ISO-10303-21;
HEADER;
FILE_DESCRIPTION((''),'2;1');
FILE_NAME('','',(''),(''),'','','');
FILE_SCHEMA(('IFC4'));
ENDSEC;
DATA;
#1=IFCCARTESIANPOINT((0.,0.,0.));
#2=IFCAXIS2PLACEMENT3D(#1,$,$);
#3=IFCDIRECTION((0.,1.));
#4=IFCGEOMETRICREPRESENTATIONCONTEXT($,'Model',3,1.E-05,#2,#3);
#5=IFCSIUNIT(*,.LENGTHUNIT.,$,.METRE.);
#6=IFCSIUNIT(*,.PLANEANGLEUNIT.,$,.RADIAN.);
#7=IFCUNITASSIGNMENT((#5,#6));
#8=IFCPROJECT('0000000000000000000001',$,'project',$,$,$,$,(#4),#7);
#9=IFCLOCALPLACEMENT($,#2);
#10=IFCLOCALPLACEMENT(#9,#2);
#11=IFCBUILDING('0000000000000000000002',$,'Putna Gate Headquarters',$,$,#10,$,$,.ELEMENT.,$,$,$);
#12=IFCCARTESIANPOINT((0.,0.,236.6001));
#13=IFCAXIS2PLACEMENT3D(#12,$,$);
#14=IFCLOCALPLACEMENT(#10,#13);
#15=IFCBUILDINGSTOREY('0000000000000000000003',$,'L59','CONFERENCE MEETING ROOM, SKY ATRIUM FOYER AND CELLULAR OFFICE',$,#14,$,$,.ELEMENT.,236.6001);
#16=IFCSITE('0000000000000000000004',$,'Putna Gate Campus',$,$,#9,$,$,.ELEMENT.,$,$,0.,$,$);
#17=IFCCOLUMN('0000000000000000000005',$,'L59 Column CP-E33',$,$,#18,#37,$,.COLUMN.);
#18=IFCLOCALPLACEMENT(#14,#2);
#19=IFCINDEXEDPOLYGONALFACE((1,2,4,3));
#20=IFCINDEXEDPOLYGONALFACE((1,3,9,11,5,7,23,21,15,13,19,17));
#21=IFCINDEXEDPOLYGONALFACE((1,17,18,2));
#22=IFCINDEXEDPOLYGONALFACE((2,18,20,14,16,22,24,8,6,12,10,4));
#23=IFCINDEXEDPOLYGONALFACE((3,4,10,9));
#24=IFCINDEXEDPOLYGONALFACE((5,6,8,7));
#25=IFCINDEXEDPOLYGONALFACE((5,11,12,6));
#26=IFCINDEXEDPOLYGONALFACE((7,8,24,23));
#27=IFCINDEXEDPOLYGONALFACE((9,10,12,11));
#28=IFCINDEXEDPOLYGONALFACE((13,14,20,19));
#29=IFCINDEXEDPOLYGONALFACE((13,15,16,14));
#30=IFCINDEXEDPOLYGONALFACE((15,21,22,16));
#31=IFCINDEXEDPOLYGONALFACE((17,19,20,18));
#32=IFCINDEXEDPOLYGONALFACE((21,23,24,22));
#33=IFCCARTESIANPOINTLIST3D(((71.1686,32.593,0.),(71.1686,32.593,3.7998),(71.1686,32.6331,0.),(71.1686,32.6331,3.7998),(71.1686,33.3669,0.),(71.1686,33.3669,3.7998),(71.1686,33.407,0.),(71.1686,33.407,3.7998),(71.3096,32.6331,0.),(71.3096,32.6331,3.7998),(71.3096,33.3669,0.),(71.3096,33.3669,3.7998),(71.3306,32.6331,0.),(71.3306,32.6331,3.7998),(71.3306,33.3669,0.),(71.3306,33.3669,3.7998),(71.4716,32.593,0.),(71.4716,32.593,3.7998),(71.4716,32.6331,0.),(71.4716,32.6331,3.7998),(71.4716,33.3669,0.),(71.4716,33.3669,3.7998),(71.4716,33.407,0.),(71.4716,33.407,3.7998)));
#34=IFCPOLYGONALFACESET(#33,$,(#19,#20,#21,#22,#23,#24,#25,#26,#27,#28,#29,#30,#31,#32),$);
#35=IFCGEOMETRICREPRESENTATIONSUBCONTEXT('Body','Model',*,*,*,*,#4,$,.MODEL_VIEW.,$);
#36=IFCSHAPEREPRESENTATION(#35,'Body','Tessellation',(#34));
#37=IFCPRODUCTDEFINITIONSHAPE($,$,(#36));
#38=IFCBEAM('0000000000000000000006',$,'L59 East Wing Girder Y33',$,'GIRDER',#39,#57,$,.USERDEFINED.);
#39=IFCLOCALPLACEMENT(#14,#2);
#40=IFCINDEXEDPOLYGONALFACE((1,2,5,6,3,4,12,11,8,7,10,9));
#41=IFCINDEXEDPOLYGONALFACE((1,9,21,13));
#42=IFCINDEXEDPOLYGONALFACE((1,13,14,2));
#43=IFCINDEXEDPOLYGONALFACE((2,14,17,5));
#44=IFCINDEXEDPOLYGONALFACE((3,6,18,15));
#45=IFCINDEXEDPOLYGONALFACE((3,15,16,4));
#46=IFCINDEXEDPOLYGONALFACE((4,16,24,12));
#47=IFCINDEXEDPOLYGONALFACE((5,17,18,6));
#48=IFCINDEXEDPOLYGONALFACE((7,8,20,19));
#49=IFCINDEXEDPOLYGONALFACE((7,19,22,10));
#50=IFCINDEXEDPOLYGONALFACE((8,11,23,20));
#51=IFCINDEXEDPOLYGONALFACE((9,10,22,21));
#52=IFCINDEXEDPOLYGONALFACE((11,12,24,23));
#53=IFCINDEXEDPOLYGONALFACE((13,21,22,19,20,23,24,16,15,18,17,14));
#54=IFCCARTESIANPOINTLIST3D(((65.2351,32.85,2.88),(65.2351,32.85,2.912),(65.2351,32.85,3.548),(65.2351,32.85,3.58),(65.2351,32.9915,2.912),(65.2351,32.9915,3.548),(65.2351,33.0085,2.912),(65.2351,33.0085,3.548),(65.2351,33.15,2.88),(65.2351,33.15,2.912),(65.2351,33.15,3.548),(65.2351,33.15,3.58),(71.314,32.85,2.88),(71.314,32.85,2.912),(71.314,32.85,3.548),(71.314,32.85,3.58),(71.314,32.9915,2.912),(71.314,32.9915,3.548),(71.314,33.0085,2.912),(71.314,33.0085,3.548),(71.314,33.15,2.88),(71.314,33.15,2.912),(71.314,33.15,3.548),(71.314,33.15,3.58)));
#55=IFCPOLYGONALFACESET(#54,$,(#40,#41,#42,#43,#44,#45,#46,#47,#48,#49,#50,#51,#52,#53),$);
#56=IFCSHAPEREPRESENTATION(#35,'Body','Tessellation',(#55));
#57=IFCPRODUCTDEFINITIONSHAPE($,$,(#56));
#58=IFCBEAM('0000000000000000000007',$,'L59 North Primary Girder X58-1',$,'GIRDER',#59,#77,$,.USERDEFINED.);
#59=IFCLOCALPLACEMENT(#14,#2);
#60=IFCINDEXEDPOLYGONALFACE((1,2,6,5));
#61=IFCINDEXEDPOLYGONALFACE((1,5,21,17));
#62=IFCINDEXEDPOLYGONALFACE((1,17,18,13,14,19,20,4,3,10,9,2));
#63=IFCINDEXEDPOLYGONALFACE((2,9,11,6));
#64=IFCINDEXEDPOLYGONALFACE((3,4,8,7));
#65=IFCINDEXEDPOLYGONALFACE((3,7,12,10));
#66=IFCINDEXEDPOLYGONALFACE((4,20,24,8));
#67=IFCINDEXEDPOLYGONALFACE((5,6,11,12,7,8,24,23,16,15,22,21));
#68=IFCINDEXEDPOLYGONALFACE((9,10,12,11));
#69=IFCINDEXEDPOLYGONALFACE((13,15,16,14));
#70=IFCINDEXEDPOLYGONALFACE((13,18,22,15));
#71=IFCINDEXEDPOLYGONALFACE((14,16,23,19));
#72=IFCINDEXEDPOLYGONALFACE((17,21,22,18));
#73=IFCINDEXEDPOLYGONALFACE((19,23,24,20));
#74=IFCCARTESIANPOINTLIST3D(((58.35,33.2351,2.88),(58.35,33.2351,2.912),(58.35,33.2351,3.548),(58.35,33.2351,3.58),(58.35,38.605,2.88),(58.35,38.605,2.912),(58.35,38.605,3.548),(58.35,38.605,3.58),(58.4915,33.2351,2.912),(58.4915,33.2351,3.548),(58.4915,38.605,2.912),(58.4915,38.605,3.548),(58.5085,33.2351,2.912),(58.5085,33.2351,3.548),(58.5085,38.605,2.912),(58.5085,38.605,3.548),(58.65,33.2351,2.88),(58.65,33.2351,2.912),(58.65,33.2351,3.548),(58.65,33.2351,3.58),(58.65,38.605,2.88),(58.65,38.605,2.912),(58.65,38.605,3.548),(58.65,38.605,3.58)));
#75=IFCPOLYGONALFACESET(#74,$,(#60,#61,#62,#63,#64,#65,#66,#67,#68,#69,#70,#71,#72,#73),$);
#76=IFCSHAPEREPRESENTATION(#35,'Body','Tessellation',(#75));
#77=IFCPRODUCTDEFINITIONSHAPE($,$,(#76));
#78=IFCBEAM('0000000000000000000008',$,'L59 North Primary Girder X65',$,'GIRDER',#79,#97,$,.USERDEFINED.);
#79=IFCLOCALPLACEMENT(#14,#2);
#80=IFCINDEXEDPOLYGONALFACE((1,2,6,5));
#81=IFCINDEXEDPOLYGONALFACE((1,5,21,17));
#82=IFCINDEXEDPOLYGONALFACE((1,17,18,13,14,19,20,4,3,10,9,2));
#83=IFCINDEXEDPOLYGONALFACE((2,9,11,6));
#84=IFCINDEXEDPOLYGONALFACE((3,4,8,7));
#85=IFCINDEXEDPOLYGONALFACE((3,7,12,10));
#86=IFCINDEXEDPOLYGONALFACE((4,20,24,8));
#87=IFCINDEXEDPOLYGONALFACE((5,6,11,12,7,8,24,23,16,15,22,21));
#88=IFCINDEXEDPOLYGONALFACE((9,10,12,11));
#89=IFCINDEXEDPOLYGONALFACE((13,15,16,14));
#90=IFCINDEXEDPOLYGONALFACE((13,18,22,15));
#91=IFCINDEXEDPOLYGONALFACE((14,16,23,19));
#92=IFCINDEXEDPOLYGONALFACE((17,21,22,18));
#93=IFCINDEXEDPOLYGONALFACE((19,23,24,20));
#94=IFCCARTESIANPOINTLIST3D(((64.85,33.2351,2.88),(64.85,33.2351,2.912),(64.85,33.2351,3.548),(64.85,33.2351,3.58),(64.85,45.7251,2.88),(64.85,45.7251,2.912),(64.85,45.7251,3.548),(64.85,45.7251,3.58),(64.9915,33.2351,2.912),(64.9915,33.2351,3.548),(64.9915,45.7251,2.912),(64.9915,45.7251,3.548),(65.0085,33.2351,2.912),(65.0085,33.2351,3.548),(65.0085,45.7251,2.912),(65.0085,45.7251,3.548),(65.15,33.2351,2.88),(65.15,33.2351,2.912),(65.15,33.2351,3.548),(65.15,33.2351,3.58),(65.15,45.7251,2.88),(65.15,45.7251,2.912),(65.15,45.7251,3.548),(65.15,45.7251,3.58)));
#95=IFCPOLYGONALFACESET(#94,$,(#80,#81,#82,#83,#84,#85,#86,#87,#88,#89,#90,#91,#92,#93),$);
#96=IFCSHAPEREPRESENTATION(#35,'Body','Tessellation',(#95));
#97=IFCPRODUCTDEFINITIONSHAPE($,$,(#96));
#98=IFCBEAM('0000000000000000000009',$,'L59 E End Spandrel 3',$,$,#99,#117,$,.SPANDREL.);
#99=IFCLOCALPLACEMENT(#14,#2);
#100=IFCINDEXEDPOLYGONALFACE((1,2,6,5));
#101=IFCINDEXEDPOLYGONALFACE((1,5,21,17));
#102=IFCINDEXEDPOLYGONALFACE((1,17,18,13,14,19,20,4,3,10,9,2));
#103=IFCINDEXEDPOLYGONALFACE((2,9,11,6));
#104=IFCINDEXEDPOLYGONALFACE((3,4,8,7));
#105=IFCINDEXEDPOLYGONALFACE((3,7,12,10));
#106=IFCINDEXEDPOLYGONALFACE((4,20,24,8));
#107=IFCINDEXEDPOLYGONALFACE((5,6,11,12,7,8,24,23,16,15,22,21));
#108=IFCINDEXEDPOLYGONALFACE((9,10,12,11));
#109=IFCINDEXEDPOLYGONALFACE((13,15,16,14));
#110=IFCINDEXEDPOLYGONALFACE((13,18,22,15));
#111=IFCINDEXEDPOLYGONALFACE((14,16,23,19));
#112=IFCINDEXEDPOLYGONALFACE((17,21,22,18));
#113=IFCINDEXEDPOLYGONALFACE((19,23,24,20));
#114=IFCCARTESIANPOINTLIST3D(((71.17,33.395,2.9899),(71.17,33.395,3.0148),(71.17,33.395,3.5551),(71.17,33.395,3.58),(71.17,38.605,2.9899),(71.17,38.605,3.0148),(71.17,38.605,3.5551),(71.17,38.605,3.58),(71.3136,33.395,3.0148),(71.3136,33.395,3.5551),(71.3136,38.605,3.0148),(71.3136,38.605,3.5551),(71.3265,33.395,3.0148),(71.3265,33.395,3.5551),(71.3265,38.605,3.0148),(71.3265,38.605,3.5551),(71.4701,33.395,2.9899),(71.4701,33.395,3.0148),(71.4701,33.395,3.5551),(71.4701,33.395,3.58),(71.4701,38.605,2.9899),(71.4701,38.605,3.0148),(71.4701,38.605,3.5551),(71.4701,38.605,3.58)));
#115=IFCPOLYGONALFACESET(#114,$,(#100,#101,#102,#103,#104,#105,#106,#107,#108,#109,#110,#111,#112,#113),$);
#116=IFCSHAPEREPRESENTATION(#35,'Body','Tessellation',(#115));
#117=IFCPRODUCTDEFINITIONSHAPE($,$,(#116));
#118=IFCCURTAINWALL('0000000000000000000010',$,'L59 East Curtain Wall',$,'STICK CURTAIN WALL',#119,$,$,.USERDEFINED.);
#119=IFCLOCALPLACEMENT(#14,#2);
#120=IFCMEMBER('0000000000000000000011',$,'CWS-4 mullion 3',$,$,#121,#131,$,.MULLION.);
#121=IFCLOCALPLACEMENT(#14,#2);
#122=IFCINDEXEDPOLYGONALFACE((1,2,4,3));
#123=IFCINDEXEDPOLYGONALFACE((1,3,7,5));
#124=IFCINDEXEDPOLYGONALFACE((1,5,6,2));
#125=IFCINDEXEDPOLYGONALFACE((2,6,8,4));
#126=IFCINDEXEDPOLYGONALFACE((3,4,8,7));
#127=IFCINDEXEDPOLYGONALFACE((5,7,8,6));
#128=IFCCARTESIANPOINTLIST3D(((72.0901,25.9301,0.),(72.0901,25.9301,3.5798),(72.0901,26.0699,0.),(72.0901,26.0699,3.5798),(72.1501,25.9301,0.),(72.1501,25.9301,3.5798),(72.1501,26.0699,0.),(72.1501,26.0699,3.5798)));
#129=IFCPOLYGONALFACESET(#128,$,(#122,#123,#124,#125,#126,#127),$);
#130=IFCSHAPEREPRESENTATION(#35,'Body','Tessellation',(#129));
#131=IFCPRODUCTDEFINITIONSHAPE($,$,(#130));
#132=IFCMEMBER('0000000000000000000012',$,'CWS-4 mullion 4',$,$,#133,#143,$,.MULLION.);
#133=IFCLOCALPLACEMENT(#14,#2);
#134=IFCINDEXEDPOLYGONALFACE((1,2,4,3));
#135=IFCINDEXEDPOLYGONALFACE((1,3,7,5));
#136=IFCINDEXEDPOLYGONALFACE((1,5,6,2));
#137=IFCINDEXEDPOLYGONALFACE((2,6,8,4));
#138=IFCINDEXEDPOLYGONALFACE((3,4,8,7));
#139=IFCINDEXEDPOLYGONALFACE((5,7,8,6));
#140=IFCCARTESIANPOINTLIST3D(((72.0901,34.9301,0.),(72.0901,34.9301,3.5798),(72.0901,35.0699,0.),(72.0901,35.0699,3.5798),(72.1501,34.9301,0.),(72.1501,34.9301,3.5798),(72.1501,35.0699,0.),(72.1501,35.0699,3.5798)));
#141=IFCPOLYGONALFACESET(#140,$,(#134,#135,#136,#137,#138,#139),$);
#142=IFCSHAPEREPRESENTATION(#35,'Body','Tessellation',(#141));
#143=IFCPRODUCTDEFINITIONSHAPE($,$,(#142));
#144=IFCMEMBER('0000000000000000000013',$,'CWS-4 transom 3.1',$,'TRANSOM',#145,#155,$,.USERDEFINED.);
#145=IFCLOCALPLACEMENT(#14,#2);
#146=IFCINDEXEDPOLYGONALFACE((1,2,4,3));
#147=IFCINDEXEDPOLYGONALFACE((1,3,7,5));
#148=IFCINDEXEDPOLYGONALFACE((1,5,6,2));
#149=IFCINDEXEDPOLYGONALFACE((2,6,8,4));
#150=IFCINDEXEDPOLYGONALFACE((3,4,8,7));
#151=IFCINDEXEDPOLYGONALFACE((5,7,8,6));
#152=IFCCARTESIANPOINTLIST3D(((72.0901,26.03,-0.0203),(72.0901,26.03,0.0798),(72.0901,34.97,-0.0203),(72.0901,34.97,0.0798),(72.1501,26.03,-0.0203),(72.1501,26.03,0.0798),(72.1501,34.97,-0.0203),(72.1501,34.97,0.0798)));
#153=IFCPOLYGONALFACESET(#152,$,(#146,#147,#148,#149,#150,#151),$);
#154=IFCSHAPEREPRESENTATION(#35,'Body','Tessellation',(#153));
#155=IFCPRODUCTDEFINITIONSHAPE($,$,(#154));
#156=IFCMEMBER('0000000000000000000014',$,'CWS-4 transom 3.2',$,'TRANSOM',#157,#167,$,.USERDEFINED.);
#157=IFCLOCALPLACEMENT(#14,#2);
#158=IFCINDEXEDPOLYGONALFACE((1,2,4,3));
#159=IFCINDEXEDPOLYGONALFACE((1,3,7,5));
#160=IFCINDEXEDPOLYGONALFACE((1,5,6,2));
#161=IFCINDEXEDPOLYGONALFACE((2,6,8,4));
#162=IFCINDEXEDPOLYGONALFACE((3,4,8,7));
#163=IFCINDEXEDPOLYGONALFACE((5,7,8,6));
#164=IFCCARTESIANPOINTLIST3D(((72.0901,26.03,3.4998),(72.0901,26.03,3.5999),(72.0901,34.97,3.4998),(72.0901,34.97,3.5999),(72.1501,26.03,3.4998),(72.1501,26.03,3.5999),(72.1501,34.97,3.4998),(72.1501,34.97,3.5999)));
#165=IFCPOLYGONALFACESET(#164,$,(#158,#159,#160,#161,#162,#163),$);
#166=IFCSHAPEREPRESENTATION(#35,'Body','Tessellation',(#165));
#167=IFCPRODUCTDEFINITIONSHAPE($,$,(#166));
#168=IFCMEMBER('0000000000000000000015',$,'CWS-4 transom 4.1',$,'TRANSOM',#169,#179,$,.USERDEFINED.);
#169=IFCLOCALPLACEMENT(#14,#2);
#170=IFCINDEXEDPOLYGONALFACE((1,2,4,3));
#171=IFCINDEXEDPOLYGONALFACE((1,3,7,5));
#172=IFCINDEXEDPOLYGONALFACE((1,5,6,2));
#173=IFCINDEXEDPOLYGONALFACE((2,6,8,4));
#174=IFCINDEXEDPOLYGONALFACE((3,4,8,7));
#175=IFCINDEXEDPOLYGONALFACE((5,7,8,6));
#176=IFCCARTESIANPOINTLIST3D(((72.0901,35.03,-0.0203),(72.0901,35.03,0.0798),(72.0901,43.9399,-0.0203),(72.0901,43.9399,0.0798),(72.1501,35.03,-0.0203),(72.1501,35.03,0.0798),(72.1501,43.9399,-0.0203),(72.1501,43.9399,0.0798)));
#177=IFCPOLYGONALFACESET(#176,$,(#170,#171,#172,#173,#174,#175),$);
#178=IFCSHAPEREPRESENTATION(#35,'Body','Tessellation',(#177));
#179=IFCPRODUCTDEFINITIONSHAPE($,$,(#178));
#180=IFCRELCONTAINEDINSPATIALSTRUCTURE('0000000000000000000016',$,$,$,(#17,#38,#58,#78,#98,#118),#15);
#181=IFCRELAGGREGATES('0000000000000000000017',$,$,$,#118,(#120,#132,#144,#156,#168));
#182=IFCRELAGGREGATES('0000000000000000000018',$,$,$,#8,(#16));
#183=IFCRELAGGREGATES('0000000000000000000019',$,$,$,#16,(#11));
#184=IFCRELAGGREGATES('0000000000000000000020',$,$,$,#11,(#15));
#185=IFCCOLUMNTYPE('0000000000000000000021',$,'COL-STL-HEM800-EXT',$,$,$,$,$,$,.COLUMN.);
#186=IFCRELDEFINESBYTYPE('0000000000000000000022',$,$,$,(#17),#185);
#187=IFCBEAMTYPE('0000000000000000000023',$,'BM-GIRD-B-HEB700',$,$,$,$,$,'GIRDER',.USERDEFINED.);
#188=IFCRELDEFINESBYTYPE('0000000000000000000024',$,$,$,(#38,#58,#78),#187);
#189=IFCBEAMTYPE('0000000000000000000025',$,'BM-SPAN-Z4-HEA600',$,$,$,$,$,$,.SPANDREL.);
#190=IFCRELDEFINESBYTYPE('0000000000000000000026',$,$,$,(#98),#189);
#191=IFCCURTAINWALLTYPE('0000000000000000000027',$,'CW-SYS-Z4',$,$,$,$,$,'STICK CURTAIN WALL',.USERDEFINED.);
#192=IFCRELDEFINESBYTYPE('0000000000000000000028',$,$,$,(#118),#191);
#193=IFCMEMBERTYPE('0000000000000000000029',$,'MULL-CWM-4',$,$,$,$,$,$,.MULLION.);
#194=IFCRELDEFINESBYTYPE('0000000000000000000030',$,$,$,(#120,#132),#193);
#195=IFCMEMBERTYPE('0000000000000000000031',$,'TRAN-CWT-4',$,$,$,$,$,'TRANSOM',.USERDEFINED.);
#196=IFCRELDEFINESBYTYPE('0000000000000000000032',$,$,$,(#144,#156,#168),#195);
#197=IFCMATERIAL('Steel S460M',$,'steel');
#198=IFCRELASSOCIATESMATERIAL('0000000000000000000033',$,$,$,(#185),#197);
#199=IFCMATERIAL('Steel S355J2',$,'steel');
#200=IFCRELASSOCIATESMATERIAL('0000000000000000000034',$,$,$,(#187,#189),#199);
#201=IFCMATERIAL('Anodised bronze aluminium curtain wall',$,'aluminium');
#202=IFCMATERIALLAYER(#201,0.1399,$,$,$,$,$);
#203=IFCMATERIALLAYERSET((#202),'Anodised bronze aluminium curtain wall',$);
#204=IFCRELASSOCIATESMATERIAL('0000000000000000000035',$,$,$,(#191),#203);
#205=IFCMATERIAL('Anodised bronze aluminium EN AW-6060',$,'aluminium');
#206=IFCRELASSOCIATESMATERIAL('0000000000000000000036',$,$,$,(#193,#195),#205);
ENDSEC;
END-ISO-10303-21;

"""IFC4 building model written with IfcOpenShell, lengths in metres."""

from ifc_helpers import new_model, si_unit, direction, frame, origin, origin_2d, place, context, subcontext, project, spatial, rectangle, i_section, extrude, material, layer, layer_set, material_profile, profile_set, type_object, element, aggregate, save


model = new_model("IFC4")

# Units and contexts
model_context = context("Model", 3, precision=1e-05, world=origin(), true_north=direction((0.0, 1.0)))
body_context = subcontext(model_context, "Body", "Model", "MODEL_VIEW")
ifc_project = project(units=[si_unit("LENGTHUNIT", "METRE"), si_unit("PLANEANGLEUNIT", "RADIAN")], contexts=[model_context])

# Site, building, storey
site_placement = place(None, origin())
site = spatial("IfcSite", under=ifc_project, at=site_placement, Name="Putna Gate Campus", CompositionType="ELEMENT", RefElevation=0.0)
building_placement = place(site_placement, origin())
building = spatial("IfcBuilding", under=site, at=building_placement, Name="Putna Gate Headquarters", CompositionType="ELEMENT")
storey_placement = place(building_placement, frame((0.0, 0.0, 236.6001)))
storey = spatial("IfcBuildingStorey", under=building, at=storey_placement, Name="L59", Description="CONFERENCE MEETING ROOM, SKY ATRIUM FOYER AND CELLULAR OFFICE", CompositionType="ELEMENT", Elevation=236.6001)

# Column
ifc_material_1 = material(Name="Steel S460M", Category="steel")
ifc_material_profile_1 = material_profile(ifc_material_1, i_section(OverallWidth=0.303, OverallDepth=0.814, WebThickness=0.021, FlangeThickness=0.04, at=origin_2d()), Name="Steel S460M")
ifc_profile_set_1 = profile_set([ifc_material_profile_1], Name="Steel S460M")
column_type = type_object("IfcColumnType", Name="COL-STL-HEM800-EXT", PredefinedType="COLUMN", material=ifc_profile_set_1)
column_placement = place(storey_placement, frame((71.3201, 33.0, 0.0), z_axis=(0.0, 0.0, 1.0), x_axis=(1.0, 0.0, 0.0)))
element("IfcColumn", 1, at=column_placement, inside=storey, type_object=column_type, Name="L59 Column CP-E33", PredefinedType="COLUMN", context=body_context, shape_type="SweptSolid", body=[
    extrude(i_section(OverallWidth=0.303, OverallDepth=0.814, WebThickness=0.021, FlangeThickness=0.04, at=origin_2d()), origin(), (0.0, 0.0, 1.0), 3.7998),
])

# Beams
ifc_material_2 = material(Name="Steel S355J2", Category="steel")
ifc_material_profile_2 = material_profile(ifc_material_2, i_section(OverallWidth=0.3, OverallDepth=0.7, WebThickness=0.0171, FlangeThickness=0.032, at=origin_2d()), Name="Steel S355J2")
ifc_profile_set_2 = profile_set([ifc_material_profile_2], Name="Steel S355J2")
beam_type_1 = type_object("IfcBeamType", Name="BM-GIRD-B-HEB700", ElementType="GIRDER", PredefinedType="USERDEFINED", material=ifc_profile_set_2)
beam_1_placement = place(storey_placement, frame((65.2351, 33.0, 3.23), z_axis=(1.0, 0.0, 0.0), x_axis=(0.0, 1.0, 0.0)))
element("IfcBeam", 2, at=beam_1_placement, inside=storey, type_object=beam_type_1, Name="L59 East Wing Girder Y33", ObjectType="GIRDER", PredefinedType="USERDEFINED", context=body_context, shape_type="SweptSolid", body=[
    extrude(i_section(OverallWidth=0.3, OverallDepth=0.7, WebThickness=0.0171, FlangeThickness=0.032, at=origin_2d()), origin(), (0.0, 0.0, 1.0), 6.0789),
])
beam_2_placement = place(storey_placement, frame((58.5, 33.2351, 3.23), z_axis=(0.0, 1.0, 0.0), x_axis=(-1.0, 0.0, 0.0)))
element("IfcBeam", 3, at=beam_2_placement, inside=storey, type_object=beam_type_1, Name="L59 North Primary Girder X58-1", ObjectType="GIRDER", PredefinedType="USERDEFINED", context=body_context, shape_type="SweptSolid", body=[
    extrude(i_section(OverallWidth=0.3, OverallDepth=0.7, WebThickness=0.0171, FlangeThickness=0.032, at=origin_2d()), origin(), (0.0, 0.0, 1.0), 5.3699),
])
beam_3_placement = place(storey_placement, frame((65.0, 33.2351, 3.23), z_axis=(0.0, 1.0, 0.0), x_axis=(-1.0, 0.0, 0.0)))
element("IfcBeam", 4, at=beam_3_placement, inside=storey, type_object=beam_type_1, Name="L59 North Primary Girder X65", ObjectType="GIRDER", PredefinedType="USERDEFINED", context=body_context, shape_type="SweptSolid", body=[
    extrude(i_section(OverallWidth=0.3, OverallDepth=0.7, WebThickness=0.0171, FlangeThickness=0.032, at=origin_2d()), origin(), (0.0, 0.0, 1.0), 12.49),
])
ifc_material_profile_3 = material_profile(ifc_material_2, i_section(OverallWidth=0.3, OverallDepth=0.5901, WebThickness=0.0129, FlangeThickness=0.0249, at=origin_2d()), Name="Steel S355J2")
ifc_profile_set_3 = profile_set([ifc_material_profile_3], Name="Steel S355J2")
beam_type_2 = type_object("IfcBeamType", Name="BM-SPAN-Z4-HEA600", PredefinedType="SPANDREL", material=ifc_profile_set_3)
beam_4_placement = place(storey_placement, frame((71.3201, 33.395, 3.2849), z_axis=(0.0, 1.0, 0.0), x_axis=(-1.0, 0.0, 0.0)))
element("IfcBeam", 5, at=beam_4_placement, inside=storey, type_object=beam_type_2, Name="L59 E End Spandrel 3", PredefinedType="SPANDREL", context=body_context, shape_type="SweptSolid", body=[
    extrude(i_section(OverallWidth=0.3, OverallDepth=0.5901, WebThickness=0.0129, FlangeThickness=0.0249, at=origin_2d()), origin(), (0.0, 0.0, 1.0), 5.21),
])

# Curtain wall, members
ifc_material_3 = material(Name="Anodised bronze aluminium curtain wall", Category="aluminium")
ifc_layer_1 = layer(ifc_material_3, 0.1399)
ifc_layer_set_1 = layer_set([ifc_layer_1], Name="Anodised bronze aluminium curtain wall")
curtain_wall_type = type_object("IfcCurtainWallType", Name="CW-SYS-Z4", ElementType="STICK CURTAIN WALL", PredefinedType="USERDEFINED", material=ifc_layer_set_1)
curtain_wall_placement = place(storey_placement, origin())
curtain_wall = element("IfcCurtainWall", 6, at=curtain_wall_placement, inside=storey, type_object=curtain_wall_type, Name="L59 East Curtain Wall", ObjectType="STICK CURTAIN WALL", PredefinedType="USERDEFINED")
ifc_material_4 = material(Name="Anodised bronze aluminium EN AW-6060", Category="aluminium")
ifc_material_profile_4 = material_profile(ifc_material_4, rectangle(XDim=0.0601, YDim=0.1399, at=origin_2d()), Name="Anodised bronze aluminium EN AW-6060")
ifc_profile_set_4 = profile_set([ifc_material_profile_4], Name="Anodised bronze aluminium EN AW-6060")
member_type_1 = type_object("IfcMemberType", Name="MULL-CWM-4", PredefinedType="MULLION", material=ifc_profile_set_4)
member_1_placement = place(storey_placement, frame((72.1201, 26.0, 0.0), z_axis=(0.0, 0.0, 1.0), x_axis=(-1.0, 0.0, 0.0)))
member_1 = element("IfcMember", 7, at=member_1_placement, type_object=member_type_1, Name="CWS-4 mullion 3", PredefinedType="MULLION", context=body_context, shape_type="SweptSolid", body=[
    extrude(rectangle(XDim=0.0601, YDim=0.1399, at=origin_2d()), origin(), (0.0, 0.0, 1.0), 3.5798),
])
member_2_placement = place(storey_placement, frame((72.1201, 35.0, 0.0), z_axis=(0.0, 0.0, 1.0), x_axis=(-1.0, 0.0, 0.0)))
member_2 = element("IfcMember", 8, at=member_2_placement, type_object=member_type_1, Name="CWS-4 mullion 4", PredefinedType="MULLION", context=body_context, shape_type="SweptSolid", body=[
    extrude(rectangle(XDim=0.0601, YDim=0.1399, at=origin_2d()), origin(), (0.0, 0.0, 1.0), 3.5798),
])
ifc_material_profile_5 = material_profile(ifc_material_4, rectangle(XDim=0.0601, YDim=0.1001, at=origin_2d()), Name="Anodised bronze aluminium EN AW-6060")
ifc_profile_set_5 = profile_set([ifc_material_profile_5], Name="Anodised bronze aluminium EN AW-6060")
member_type_2 = type_object("IfcMemberType", Name="TRAN-CWT-4", ElementType="TRANSOM", PredefinedType="USERDEFINED", material=ifc_profile_set_5)
member_3_placement = place(storey_placement, frame((72.1201, 26.03, 0.0298), z_axis=(0.0, 1.0, 0.0), x_axis=(-1.0, 0.0, 0.0)))
member_3 = element("IfcMember", 9, at=member_3_placement, type_object=member_type_2, Name="CWS-4 transom 3.1", ObjectType="TRANSOM", PredefinedType="USERDEFINED", context=body_context, shape_type="SweptSolid", body=[
    extrude(rectangle(XDim=0.0601, YDim=0.1001, at=origin_2d()), origin(), (0.0, 0.0, 1.0), 8.9399),
])
member_4_placement = place(storey_placement, frame((72.1201, 26.03, 3.5498), z_axis=(0.0, 1.0, 0.0), x_axis=(-1.0, 0.0, 0.0)))
member_4 = element("IfcMember", 10, at=member_4_placement, type_object=member_type_2, Name="CWS-4 transom 3.2", ObjectType="TRANSOM", PredefinedType="USERDEFINED", context=body_context, shape_type="SweptSolid", body=[
    extrude(rectangle(XDim=0.0601, YDim=0.1001, at=origin_2d()), origin(), (0.0, 0.0, 1.0), 8.9399),
])
member_5_placement = place(storey_placement, frame((72.1201, 35.03, 0.0298), z_axis=(0.0, 1.0, 0.0), x_axis=(-1.0, 0.0, 0.0)))
member_5 = element("IfcMember", 11, at=member_5_placement, type_object=member_type_2, Name="CWS-4 transom 4.1", ObjectType="TRANSOM", PredefinedType="USERDEFINED", context=body_context, shape_type="SweptSolid", body=[
    extrude(rectangle(XDim=0.0601, YDim=0.1001, at=origin_2d()), origin(), (0.0, 0.0, 1.0), 8.9099),
])
aggregate(curtain_wall, [member_1, member_2, member_3, member_4, member_5])

save(model, "model.ifc")
